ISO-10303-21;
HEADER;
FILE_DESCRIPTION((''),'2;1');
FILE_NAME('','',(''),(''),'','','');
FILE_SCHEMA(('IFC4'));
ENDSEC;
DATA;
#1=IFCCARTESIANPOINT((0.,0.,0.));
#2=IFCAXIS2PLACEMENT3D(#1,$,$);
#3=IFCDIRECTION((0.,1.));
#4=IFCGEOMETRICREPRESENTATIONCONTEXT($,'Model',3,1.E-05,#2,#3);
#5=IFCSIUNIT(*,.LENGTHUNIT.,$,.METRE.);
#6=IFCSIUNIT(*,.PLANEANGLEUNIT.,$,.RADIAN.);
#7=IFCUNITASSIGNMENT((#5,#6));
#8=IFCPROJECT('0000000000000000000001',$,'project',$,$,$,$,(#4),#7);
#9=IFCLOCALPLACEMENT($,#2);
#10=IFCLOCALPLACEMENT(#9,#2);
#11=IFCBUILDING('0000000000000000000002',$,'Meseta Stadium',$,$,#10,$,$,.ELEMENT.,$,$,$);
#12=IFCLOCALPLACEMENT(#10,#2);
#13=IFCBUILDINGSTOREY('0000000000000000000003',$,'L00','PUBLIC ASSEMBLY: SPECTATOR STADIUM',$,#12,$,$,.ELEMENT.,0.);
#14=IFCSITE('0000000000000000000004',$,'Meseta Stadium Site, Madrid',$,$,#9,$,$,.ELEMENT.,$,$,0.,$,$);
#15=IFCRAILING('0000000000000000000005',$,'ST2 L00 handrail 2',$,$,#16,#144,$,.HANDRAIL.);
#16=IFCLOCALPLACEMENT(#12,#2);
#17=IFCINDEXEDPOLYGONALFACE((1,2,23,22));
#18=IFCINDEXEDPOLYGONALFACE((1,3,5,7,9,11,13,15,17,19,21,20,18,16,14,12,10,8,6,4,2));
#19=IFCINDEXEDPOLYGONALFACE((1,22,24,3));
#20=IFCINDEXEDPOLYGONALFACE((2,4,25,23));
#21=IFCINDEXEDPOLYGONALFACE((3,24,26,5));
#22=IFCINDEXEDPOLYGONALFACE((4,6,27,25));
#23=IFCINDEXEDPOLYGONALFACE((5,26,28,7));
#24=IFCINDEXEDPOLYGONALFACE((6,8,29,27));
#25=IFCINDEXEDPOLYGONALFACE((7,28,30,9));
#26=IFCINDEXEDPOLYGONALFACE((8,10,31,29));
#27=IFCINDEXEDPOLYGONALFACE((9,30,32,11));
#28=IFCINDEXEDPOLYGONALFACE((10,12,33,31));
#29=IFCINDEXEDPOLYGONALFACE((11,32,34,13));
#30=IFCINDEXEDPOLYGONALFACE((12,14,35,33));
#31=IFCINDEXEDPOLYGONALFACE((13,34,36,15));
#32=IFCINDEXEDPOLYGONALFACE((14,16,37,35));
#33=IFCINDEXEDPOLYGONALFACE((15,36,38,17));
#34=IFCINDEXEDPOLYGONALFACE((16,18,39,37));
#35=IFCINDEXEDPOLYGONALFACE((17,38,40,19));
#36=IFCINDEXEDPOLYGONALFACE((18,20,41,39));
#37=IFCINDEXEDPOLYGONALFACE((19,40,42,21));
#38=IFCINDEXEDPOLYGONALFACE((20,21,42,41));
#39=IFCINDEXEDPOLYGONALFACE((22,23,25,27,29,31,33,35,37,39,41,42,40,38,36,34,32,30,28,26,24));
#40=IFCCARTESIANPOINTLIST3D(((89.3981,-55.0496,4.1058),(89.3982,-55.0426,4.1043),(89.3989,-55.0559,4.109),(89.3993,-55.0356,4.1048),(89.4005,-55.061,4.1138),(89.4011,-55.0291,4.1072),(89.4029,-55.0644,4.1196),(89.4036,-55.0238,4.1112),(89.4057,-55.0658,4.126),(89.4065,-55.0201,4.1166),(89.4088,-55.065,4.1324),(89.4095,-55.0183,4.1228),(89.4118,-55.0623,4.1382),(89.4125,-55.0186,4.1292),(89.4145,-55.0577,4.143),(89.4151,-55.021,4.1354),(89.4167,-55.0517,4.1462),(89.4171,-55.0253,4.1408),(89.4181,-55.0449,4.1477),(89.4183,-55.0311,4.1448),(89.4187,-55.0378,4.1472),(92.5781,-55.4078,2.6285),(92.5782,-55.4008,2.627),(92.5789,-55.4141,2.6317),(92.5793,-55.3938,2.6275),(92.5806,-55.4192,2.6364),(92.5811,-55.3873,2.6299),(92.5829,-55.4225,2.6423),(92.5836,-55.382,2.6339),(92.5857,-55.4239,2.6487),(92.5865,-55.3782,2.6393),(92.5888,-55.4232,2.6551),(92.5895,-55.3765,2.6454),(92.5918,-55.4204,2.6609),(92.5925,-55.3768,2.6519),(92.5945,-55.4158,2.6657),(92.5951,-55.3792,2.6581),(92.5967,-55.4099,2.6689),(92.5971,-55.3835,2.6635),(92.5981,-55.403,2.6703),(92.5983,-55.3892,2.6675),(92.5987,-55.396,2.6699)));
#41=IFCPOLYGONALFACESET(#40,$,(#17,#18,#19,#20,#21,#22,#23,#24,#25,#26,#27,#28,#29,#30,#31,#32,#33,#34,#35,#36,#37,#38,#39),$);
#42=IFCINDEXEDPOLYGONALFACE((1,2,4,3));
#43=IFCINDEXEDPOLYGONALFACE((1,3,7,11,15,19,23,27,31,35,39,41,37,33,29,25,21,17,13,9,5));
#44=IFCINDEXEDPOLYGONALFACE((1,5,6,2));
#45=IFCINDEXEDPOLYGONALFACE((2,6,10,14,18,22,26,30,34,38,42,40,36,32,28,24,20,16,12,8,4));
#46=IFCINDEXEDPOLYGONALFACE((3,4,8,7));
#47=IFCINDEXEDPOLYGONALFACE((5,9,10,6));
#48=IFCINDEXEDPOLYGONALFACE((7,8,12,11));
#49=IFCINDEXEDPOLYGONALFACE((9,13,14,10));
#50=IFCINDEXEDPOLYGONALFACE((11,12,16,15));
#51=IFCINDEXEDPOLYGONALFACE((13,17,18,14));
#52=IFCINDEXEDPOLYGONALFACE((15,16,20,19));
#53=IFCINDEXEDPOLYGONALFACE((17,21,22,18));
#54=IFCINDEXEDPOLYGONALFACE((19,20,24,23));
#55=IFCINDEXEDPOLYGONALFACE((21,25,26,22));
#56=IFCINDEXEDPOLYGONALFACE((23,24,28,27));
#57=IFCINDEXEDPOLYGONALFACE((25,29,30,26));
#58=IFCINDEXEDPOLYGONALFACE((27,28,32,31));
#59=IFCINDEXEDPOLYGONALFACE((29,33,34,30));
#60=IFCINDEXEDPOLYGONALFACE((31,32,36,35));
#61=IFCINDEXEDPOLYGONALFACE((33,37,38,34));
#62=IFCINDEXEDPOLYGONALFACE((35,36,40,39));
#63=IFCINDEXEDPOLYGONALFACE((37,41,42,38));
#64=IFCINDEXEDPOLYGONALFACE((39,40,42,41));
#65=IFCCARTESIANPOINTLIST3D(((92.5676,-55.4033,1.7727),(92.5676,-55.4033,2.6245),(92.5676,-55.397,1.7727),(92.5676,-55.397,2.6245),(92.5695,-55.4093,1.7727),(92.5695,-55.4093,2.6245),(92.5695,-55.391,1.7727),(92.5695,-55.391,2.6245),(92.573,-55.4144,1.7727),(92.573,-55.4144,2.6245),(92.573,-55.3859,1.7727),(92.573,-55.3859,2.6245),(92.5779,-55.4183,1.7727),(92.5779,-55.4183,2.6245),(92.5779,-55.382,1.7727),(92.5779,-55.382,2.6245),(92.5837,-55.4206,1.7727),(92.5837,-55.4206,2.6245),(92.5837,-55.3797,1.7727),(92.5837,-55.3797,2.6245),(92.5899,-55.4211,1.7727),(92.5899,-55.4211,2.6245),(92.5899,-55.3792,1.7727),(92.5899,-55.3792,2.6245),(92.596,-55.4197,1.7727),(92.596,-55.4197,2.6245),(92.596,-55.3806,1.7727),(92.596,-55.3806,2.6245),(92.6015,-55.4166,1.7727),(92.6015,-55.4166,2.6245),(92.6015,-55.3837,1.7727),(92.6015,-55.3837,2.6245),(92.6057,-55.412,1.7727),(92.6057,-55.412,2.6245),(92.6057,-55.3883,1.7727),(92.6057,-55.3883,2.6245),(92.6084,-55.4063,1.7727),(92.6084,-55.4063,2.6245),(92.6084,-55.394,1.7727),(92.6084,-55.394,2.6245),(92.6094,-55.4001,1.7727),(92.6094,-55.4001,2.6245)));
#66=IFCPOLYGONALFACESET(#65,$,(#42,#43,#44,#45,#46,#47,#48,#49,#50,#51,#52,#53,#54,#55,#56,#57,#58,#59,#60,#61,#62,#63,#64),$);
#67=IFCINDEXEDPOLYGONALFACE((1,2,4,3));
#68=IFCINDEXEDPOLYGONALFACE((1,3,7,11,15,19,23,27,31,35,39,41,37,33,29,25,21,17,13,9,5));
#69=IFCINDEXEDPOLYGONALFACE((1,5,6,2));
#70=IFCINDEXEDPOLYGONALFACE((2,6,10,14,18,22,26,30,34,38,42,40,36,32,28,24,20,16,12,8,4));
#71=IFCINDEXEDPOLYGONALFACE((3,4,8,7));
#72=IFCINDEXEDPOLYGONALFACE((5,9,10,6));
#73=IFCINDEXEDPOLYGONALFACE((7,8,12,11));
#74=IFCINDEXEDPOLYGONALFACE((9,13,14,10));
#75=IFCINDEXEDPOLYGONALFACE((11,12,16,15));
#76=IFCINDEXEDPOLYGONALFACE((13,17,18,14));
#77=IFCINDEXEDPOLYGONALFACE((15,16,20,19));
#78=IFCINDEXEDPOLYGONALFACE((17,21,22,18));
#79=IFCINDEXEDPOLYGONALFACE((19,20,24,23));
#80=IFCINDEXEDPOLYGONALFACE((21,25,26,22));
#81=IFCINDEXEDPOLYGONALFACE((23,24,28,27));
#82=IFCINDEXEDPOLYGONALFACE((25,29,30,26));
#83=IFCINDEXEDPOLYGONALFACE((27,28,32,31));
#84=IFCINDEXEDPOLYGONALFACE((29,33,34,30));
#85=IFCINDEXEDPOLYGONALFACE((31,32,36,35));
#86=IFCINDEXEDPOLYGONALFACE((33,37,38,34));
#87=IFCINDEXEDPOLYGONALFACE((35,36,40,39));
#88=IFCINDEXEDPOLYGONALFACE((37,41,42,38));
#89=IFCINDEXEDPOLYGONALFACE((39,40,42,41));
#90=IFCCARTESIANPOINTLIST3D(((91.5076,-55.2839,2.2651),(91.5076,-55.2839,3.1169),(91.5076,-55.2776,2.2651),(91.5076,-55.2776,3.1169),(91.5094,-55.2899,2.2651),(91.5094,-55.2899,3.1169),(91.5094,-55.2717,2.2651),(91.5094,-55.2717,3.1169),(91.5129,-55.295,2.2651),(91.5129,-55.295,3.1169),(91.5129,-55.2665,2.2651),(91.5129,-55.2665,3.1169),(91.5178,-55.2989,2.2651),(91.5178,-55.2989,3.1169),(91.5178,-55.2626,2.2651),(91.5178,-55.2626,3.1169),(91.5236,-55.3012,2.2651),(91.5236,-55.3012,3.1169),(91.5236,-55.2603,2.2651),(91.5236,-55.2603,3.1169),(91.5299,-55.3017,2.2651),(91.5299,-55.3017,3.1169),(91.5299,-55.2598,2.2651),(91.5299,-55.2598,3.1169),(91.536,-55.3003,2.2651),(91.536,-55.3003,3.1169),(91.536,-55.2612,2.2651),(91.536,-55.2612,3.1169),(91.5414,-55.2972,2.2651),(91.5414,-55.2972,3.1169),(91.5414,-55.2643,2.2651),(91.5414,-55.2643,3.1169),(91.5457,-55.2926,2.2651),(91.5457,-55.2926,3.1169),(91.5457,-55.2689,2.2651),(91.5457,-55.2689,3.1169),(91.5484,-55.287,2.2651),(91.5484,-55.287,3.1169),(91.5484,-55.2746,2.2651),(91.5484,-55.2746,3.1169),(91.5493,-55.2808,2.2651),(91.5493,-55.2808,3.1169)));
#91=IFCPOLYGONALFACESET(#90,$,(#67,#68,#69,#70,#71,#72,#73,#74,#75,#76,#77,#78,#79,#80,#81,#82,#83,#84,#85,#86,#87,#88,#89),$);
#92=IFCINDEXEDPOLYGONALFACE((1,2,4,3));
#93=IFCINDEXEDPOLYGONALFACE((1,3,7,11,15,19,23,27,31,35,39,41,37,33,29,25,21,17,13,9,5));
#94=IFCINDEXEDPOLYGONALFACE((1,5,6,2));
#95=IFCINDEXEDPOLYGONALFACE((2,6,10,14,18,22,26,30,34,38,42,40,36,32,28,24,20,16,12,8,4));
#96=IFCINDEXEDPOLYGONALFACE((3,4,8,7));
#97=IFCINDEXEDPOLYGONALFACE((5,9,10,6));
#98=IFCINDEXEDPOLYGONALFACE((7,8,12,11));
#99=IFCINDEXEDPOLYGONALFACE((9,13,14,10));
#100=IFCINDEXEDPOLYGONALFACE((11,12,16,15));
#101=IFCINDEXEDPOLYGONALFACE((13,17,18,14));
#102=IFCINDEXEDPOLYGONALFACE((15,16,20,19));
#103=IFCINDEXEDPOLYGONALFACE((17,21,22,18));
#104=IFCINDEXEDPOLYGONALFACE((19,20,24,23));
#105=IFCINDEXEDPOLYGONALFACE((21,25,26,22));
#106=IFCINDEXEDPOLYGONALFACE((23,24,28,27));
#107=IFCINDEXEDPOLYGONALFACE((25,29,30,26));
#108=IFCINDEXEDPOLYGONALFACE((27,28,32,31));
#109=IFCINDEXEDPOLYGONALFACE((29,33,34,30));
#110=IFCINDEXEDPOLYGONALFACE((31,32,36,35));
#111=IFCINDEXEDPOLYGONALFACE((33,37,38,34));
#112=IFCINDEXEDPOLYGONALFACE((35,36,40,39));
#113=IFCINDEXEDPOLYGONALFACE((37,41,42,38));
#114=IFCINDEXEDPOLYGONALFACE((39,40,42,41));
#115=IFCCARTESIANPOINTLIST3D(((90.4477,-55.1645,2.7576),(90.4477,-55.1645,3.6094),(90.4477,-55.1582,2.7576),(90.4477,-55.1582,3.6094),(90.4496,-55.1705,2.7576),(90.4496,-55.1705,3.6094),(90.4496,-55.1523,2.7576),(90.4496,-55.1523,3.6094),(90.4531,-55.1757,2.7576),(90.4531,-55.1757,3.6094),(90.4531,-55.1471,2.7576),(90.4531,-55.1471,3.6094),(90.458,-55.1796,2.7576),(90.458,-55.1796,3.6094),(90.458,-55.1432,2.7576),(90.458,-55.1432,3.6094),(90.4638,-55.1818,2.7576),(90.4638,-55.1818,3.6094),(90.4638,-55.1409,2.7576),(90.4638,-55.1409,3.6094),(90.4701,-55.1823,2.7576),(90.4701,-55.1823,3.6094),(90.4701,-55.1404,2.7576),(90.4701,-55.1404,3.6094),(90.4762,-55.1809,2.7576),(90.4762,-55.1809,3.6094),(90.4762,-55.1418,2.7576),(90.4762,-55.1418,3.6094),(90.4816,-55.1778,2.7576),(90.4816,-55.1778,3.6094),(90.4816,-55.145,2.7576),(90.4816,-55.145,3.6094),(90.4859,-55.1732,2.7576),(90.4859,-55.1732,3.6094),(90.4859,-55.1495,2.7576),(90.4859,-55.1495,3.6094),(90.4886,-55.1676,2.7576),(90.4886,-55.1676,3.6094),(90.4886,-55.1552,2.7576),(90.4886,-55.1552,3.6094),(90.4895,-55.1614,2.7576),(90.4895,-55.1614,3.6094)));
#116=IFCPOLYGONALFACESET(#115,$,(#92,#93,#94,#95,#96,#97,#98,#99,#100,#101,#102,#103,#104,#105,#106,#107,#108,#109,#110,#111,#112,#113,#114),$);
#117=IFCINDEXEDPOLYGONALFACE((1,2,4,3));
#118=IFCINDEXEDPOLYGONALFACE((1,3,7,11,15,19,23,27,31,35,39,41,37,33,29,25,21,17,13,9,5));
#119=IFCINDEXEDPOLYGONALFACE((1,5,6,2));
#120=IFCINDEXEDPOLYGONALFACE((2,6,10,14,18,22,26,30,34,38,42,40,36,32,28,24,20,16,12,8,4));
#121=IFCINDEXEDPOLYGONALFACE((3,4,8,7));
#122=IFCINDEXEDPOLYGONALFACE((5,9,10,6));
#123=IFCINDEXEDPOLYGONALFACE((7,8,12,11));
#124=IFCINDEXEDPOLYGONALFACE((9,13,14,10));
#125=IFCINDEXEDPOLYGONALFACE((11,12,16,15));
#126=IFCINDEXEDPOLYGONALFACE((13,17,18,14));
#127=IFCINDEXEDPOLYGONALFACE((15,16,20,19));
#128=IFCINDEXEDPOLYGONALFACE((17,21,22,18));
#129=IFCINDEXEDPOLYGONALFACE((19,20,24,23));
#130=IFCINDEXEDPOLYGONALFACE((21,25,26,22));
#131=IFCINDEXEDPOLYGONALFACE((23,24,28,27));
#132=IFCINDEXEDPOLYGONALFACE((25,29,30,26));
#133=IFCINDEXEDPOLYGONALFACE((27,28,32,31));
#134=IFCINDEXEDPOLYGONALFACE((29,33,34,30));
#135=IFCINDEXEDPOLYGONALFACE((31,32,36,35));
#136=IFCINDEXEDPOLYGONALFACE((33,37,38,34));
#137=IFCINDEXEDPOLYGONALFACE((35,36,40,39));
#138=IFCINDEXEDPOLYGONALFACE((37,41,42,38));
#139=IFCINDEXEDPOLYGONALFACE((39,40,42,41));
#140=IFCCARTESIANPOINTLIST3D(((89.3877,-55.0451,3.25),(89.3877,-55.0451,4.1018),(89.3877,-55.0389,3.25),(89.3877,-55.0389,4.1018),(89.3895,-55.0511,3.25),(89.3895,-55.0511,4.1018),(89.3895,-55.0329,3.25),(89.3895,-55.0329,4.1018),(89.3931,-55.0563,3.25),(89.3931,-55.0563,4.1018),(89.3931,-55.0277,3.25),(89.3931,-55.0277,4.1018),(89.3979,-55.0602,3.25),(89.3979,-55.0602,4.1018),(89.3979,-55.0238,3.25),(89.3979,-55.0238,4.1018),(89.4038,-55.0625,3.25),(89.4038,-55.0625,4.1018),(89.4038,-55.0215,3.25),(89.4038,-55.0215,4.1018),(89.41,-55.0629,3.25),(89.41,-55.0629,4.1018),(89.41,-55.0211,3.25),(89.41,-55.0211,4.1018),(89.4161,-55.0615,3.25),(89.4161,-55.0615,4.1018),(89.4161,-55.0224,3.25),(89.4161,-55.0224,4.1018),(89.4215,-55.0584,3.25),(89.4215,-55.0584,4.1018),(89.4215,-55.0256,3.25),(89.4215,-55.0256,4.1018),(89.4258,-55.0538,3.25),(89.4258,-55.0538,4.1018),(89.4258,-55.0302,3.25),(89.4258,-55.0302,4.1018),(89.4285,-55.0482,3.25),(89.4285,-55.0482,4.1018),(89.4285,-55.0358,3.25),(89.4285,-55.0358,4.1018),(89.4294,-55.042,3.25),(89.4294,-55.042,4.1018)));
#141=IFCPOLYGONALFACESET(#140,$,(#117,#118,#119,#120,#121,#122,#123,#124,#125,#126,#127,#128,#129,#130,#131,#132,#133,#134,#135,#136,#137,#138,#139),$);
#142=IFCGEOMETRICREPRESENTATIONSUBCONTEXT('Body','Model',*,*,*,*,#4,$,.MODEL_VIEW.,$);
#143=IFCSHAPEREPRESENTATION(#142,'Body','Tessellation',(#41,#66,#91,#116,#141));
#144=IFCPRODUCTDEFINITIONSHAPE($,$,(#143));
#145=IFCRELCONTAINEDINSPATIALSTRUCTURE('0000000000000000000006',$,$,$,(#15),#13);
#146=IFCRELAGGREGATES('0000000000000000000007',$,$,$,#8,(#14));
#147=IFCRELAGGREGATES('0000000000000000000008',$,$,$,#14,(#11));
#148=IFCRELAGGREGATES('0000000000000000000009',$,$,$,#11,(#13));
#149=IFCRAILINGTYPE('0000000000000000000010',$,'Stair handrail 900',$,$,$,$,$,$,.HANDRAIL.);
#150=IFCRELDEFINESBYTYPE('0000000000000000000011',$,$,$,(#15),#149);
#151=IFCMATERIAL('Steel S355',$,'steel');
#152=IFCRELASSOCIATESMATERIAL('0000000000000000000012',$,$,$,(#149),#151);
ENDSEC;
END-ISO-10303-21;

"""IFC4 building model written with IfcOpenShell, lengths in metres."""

from ifc_helpers import new_model, si_unit, direction, frame, origin, origin_2d, place, context, subcontext, project, spatial, circle, extrude, material, type_object, element, save


model = new_model("IFC4")

# Units and contexts
model_context = context("Model", 3, precision=1e-05, world=origin(), true_north=direction((0.0, 1.0)))
body_context = subcontext(model_context, "Body", "Model", "MODEL_VIEW")
ifc_project = project(units=[si_unit("LENGTHUNIT", "METRE"), si_unit("PLANEANGLEUNIT", "RADIAN")], contexts=[model_context])

# Site, building, storey
site_placement = place(None, origin())
site = spatial("IfcSite", under=ifc_project, at=site_placement, Name="Meseta Stadium Site, Madrid", CompositionType="ELEMENT", RefElevation=0.0)
building_placement = place(site_placement, origin())
building = spatial("IfcBuilding", under=site, at=building_placement, Name="Meseta Stadium", CompositionType="ELEMENT")
storey_placement = place(building_placement, origin())
storey = spatial("IfcBuildingStorey", under=building, at=storey_placement, Name="L00", Description="PUBLIC ASSEMBLY: SPECTATOR STADIUM", CompositionType="ELEMENT", Elevation=0.0)

# Railing
ifc_material_1 = material(Name="Steel S355", Category="steel")
railing_type_1 = type_object("IfcRailingType", Name="Stair handrail 900", PredefinedType="HANDRAIL", material=ifc_material_1)
for number, where, name in (
    (1, (92.5884, -55.4001, 1.7727), "ST2 L00 handrail 2"),
):
    element("IfcRailing", number, at=place(storey_placement, frame(where)), inside=storey, type_object=railing_type_1, Name=name, PredefinedType="HANDRAIL", context=body_context, shape_type="SweptSolid", body=[
        extrude(circle(Radius=0.0239, at=origin_2d()), frame((0.0, 0.0, 0.876), z_axis=(-0.902217, 0.101616, 0.419141), x_axis=(-0.111922, -0.993717, 0.0)), (0.0, 0.0, 1.0), 3.5247),
        extrude(circle(Radius=0.021, at=origin_2d()), origin(), (0.0, 0.0, 1.0), 0.8518),
        extrude(circle(Radius=0.021, at=origin_2d()), frame((-1.0601, 0.1194, 0.4924)), (0.0, 0.0, 1.0), 0.8518),
        extrude(circle(Radius=0.021, at=origin_2d()), frame((-2.1199, 0.2388, 0.9849)), (0.0, 0.0, 1.0), 0.8518),
        extrude(circle(Radius=0.021, at=origin_2d()), frame((-3.1799, 0.3582, 1.4773)), (0.0, 0.0, 1.0), 0.8518),
    ])

save(model, "model.ifc")
